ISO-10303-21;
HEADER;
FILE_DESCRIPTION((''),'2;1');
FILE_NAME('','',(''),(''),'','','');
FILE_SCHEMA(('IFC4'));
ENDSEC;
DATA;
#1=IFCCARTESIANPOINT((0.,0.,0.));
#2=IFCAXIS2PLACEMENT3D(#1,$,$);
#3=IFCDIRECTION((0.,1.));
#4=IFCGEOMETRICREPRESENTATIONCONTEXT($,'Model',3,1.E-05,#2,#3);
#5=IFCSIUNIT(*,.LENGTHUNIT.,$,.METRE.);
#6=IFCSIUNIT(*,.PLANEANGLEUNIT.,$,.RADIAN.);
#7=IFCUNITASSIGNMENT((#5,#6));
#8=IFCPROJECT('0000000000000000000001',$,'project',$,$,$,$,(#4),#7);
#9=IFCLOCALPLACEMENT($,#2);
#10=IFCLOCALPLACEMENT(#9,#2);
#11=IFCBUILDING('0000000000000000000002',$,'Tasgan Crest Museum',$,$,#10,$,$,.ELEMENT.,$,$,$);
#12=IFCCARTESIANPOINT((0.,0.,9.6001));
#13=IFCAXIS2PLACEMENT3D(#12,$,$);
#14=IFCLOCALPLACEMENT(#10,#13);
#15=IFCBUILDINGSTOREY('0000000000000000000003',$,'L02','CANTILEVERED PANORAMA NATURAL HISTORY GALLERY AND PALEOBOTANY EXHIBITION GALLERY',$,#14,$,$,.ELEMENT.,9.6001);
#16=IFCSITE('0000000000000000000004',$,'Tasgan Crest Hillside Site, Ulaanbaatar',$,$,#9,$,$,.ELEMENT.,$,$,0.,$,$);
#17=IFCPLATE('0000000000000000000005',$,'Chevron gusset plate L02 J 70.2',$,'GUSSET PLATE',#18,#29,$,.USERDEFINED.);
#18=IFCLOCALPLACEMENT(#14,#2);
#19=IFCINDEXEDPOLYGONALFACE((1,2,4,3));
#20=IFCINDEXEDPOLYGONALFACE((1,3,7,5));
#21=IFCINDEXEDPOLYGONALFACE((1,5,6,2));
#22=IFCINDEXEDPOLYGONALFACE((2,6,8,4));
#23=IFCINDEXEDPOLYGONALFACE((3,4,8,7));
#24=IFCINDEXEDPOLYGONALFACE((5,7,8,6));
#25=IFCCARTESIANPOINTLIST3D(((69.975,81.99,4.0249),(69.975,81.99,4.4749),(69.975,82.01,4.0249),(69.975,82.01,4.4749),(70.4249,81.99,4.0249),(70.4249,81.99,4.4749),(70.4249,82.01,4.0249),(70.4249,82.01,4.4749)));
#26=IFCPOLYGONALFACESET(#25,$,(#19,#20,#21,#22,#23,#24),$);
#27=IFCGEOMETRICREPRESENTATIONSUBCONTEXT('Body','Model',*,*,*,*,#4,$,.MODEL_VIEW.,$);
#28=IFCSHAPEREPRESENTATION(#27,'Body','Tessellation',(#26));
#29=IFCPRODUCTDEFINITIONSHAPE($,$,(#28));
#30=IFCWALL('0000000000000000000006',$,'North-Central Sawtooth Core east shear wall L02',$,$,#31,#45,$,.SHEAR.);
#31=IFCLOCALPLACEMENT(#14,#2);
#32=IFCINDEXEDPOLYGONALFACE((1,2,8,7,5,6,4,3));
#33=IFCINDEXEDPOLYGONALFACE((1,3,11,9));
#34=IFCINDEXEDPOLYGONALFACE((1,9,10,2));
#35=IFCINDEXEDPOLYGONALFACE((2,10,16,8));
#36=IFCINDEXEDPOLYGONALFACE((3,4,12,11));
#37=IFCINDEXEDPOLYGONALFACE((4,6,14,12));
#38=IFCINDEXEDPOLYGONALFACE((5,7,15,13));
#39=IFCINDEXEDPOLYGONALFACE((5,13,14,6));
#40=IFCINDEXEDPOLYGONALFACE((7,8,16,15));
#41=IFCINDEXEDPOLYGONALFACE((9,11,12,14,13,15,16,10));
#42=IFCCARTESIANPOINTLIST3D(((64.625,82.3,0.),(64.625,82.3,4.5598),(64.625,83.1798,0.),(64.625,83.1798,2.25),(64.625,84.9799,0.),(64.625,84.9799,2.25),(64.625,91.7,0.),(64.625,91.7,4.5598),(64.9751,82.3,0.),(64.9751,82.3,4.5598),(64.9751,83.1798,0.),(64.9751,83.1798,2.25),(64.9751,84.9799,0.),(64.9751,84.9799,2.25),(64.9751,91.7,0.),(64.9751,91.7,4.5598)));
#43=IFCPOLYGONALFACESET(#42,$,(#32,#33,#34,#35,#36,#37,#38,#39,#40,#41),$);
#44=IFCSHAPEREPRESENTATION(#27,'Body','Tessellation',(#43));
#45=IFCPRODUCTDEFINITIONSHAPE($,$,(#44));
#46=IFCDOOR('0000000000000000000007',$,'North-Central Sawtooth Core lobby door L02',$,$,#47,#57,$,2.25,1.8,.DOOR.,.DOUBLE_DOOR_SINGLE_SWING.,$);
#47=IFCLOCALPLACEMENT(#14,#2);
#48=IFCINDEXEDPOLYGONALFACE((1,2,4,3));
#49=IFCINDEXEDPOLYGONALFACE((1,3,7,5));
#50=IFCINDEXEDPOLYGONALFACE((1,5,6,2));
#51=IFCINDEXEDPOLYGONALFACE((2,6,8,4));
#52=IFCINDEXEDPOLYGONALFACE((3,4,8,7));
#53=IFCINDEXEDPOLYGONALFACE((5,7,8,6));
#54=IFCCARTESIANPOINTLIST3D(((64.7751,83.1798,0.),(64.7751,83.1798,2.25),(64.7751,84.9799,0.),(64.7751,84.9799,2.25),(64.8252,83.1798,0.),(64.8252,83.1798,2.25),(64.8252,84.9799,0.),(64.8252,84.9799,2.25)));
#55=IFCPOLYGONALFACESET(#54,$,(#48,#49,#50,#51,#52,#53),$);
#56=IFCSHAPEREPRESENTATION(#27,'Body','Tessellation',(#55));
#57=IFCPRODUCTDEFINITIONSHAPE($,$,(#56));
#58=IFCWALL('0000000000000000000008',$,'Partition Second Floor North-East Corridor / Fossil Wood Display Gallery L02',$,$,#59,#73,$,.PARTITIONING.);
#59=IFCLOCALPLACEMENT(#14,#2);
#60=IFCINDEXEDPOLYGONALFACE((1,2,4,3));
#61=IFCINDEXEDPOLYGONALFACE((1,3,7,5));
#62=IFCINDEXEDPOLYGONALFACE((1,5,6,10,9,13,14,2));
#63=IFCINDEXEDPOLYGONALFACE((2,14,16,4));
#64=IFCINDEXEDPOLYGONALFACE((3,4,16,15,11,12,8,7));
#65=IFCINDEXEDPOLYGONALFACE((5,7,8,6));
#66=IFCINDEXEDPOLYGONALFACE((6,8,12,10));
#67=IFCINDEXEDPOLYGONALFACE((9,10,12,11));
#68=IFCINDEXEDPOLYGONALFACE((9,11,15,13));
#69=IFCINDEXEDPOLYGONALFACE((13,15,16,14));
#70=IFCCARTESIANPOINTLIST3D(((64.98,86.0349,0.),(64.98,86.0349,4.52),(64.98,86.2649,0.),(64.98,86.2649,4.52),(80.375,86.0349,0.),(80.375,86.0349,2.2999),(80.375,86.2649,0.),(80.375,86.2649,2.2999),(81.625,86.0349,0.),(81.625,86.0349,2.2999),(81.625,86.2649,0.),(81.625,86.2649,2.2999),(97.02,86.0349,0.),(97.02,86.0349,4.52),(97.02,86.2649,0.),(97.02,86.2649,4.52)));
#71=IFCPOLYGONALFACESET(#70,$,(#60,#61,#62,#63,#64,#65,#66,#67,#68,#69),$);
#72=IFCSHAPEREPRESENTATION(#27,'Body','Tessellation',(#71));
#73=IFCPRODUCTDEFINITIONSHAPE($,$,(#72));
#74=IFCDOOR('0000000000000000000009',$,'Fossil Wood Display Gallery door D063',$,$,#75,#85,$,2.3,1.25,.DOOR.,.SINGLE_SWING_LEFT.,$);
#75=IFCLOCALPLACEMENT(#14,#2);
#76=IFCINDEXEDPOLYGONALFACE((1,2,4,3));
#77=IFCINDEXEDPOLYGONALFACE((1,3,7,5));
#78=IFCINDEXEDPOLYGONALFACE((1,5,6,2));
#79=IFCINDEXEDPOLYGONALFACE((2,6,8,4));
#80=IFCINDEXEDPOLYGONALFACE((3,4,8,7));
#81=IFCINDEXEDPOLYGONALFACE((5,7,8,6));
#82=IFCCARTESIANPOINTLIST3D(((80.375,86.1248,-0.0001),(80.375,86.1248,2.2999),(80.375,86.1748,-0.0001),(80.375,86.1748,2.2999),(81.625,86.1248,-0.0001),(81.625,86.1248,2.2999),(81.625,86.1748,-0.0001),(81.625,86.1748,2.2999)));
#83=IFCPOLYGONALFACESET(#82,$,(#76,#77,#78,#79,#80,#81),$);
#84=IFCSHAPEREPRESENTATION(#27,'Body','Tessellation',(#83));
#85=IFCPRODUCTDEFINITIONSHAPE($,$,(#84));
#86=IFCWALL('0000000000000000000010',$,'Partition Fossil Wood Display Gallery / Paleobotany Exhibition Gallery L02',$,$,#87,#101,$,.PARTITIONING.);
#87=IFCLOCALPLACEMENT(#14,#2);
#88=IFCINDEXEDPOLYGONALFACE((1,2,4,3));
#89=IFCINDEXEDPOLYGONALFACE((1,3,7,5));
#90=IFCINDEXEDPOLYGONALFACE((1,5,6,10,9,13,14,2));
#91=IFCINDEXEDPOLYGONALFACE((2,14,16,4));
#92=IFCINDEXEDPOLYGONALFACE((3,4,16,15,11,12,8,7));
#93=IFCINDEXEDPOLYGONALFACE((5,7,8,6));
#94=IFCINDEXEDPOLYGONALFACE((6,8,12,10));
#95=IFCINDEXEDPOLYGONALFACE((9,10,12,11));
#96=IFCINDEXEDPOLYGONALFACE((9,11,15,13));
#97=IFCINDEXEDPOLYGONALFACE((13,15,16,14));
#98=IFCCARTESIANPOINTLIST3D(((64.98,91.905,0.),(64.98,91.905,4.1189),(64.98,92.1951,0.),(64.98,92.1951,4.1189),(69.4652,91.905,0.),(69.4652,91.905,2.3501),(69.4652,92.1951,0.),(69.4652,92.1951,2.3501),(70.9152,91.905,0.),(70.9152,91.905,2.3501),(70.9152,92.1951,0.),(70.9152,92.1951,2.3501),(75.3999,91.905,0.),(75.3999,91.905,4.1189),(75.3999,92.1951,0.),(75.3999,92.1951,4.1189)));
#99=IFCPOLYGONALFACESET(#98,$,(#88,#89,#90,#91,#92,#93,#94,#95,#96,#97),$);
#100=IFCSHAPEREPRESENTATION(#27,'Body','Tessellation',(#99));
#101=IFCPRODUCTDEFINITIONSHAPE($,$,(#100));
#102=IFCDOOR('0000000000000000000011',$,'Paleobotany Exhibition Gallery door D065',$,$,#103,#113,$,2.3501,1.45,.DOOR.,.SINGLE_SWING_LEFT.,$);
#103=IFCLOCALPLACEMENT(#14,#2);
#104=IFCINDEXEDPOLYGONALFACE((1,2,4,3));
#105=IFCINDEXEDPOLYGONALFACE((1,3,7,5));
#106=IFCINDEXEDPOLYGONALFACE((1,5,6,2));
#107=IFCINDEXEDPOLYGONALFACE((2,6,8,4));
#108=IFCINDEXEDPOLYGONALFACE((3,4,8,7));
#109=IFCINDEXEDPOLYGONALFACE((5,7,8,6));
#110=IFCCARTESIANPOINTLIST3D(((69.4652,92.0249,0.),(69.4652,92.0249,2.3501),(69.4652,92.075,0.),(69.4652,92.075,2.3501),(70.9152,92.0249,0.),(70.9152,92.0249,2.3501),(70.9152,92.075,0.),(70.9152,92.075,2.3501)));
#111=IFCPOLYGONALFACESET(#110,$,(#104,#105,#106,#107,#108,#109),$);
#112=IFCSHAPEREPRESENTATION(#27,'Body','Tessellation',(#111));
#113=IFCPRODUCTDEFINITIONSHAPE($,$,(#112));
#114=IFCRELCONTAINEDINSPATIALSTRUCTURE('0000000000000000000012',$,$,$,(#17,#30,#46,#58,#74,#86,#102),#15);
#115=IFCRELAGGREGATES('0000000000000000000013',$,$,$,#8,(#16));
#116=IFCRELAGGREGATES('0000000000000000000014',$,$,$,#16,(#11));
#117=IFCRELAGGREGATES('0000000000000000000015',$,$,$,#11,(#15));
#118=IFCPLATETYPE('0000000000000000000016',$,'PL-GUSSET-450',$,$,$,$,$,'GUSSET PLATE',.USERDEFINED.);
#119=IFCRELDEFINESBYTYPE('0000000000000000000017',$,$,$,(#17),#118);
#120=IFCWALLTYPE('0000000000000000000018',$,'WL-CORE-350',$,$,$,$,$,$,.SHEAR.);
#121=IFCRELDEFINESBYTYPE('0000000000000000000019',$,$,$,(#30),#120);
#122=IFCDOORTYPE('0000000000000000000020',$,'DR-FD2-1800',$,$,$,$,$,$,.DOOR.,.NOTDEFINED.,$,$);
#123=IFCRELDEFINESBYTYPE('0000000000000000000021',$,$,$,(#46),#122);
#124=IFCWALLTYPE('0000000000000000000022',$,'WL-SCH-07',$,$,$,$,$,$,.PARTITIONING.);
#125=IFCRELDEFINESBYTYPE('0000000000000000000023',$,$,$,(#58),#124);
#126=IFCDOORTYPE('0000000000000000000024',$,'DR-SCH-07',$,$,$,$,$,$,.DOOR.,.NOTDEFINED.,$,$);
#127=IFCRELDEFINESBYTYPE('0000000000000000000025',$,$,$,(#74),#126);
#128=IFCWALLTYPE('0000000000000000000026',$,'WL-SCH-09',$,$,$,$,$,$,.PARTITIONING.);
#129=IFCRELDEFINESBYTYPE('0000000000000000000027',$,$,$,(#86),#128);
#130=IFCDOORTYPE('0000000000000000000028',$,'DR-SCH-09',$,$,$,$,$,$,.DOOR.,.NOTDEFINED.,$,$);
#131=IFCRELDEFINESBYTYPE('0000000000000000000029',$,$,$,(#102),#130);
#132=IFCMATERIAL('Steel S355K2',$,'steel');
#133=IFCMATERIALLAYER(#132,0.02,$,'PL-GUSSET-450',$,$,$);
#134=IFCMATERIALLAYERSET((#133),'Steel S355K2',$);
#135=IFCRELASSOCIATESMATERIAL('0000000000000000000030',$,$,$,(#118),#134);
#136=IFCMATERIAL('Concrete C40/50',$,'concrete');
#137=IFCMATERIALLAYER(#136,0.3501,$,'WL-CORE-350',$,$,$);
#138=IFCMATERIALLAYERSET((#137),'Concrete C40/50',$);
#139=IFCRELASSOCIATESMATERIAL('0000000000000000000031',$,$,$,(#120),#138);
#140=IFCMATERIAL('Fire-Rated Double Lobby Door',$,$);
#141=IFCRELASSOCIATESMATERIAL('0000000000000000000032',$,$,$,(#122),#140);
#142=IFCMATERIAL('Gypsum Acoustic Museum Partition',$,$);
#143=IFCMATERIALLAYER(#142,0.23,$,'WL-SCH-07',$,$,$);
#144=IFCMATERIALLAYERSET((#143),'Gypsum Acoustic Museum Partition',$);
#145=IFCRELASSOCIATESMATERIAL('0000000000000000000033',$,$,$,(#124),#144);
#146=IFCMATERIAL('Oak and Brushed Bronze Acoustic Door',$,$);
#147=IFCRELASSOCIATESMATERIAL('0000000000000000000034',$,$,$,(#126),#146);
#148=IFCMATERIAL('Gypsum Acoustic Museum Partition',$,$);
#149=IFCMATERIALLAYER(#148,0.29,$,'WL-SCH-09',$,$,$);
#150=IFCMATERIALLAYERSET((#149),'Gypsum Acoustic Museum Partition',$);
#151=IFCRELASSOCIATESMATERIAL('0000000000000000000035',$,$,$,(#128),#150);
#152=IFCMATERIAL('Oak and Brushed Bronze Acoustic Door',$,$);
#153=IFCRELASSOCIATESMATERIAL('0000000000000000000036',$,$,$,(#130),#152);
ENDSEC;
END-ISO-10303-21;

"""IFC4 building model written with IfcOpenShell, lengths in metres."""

from ifc_helpers import new_model, si_unit, direction, frame, frame_2d, origin, origin_2d, place, context, subcontext, project, spatial, rectangle, extrude, material, layer, layer_set, type_object, element, fill, save


model = new_model("IFC4")

# Units and contexts
model_context = context("Model", 3, precision=1e-05, world=origin(), true_north=direction((0.0, 1.0)))
body_context = subcontext(model_context, "Body", "Model", "MODEL_VIEW")
ifc_project = project(units=[si_unit("LENGTHUNIT", "METRE"), si_unit("PLANEANGLEUNIT", "RADIAN")], contexts=[model_context])

# Site, building, storey
site_placement = place(None, origin())
site = spatial("IfcSite", under=ifc_project, at=site_placement, Name="Tasgan Crest Hillside Site, Ulaanbaatar", CompositionType="ELEMENT", RefElevation=0.0)
building_placement = place(site_placement, origin())
building = spatial("IfcBuilding", under=site, at=building_placement, Name="Tasgan Crest Museum", CompositionType="ELEMENT")
storey_placement = place(building_placement, frame((0.0, 0.0, 9.6001)))
storey = spatial("IfcBuildingStorey", under=building, at=storey_placement, Name="L02", Description="CANTILEVERED PANORAMA NATURAL HISTORY GALLERY AND PALEOBOTANY EXHIBITION GALLERY", CompositionType="ELEMENT", Elevation=9.6001)

# Plate
ifc_material_1 = material(Name="Steel S355K2", Category="steel")
ifc_layer_1 = layer(ifc_material_1, 0.02, Name="PL-GUSSET-450")
ifc_layer_set_1 = layer_set([ifc_layer_1], Name="Steel S355K2")
plate_type = type_object("IfcPlateType", Name="PL-GUSSET-450", ElementType="GUSSET PLATE", PredefinedType="USERDEFINED", material=ifc_layer_set_1)
plate_placement = place(storey_placement, frame((70.2, 82.0, 4.0249), z_axis=(0.0, 0.0, 1.0), x_axis=(1.0, 0.0, 0.0)))
element("IfcPlate", 1, at=plate_placement, inside=storey, type_object=plate_type, Name="Chevron gusset plate L02 J 70.2", ObjectType="GUSSET PLATE", PredefinedType="USERDEFINED", context=body_context, shape_type="SweptSolid", body=[
    extrude(rectangle(XDim=0.45, YDim=0.02, at=origin_2d()), origin(), (0.0, 0.0, 1.0), 0.45),
])

# Walls, openings, doors
ifc_material_2 = material(Name="Concrete C40/50", Category="concrete")
ifc_layer_2 = layer(ifc_material_2, 0.3501, Name="WL-CORE-350")
ifc_layer_set_2 = layer_set([ifc_layer_2], Name="Concrete C40/50")
wall_type_1 = type_object("IfcWallType", Name="WL-CORE-350", PredefinedType="SHEAR", material=ifc_layer_set_2)
wall_1_placement = place(storey_placement, frame((64.8, 82.3, 0.0), z_axis=(0.0, 0.0, 1.0), x_axis=(0.0, 1.0, 0.0)))
wall_1 = element("IfcWall", 2, at=wall_1_placement, inside=storey, type_object=wall_type_1, Name="North-Central Sawtooth Core east shear wall L02", PredefinedType="SHEAR", context=body_context, shape_type="SweptSolid", body=[
    extrude(rectangle(XDim=9.3999, YDim=0.3501, at=frame_2d((4.7, 0.0))), origin(), (0.0, 0.0, 1.0), 4.5598),
])
opening_1_placement = place(wall_1_placement, frame((0.8799, 0.0, 0.0)))
opening_1 = element("IfcOpeningElement", 3, at=opening_1_placement, cuts=wall_1, PredefinedType="OPENING", context=body_context, shape_type="SweptSolid", body=[
    extrude(rectangle(XDim=1.8, YDim=2.25, at=frame_2d((0.8999, 1.125))), frame((0.0, 0.1851, 0.0), z_axis=(0.0, -1.0, 0.0), x_axis=(1.0, 0.0, 0.0)), (0.0, 0.0, 1.0), 0.3701),
])
ifc_material_3 = material(Name="Fire-Rated Double Lobby Door")
door_type_1 = type_object("IfcDoorType", Name="DR-FD2-1800", OperationType="NOTDEFINED", PredefinedType="DOOR", material=ifc_material_3)
door_1_placement = place(opening_1_placement, origin())
door_1 = element("IfcDoor", 4, at=door_1_placement, inside=storey, type_object=door_type_1, Name="North-Central Sawtooth Core lobby door L02", OperationType="DOUBLE_DOOR_SINGLE_SWING", OverallHeight=2.25, OverallWidth=1.8, PredefinedType="DOOR", context=body_context, shape_type="SweptSolid", body=[
    extrude(rectangle(XDim=1.8, YDim=2.25, at=frame_2d((0.8999, 1.125))), frame((0.0, 0.0249, 0.0), z_axis=(0.0, -1.0, 0.0), x_axis=(1.0, 0.0, 0.0)), (0.0, 0.0, 1.0), 0.05),
])
fill(opening_1, door_1)
ifc_material_4 = material(Name="Gypsum Acoustic Museum Partition")
ifc_layer_3 = layer(ifc_material_4, 0.23, Name="WL-SCH-07")
ifc_layer_set_3 = layer_set([ifc_layer_3], Name="Gypsum Acoustic Museum Partition")
wall_type_2 = type_object("IfcWallType", Name="WL-SCH-07", PredefinedType="PARTITIONING", material=ifc_layer_set_3)
wall_2_placement = place(storey_placement, frame((64.98, 86.1499, 0.0), z_axis=(0.0, 0.0, 1.0), x_axis=(1.0, 0.0, 0.0)))
wall_2 = element("IfcWall", 5, at=wall_2_placement, inside=storey, type_object=wall_type_2, Name="Partition Second Floor North-East Corridor / Fossil Wood Display Gallery L02", PredefinedType="PARTITIONING", context=body_context, shape_type="SweptSolid", body=[
    extrude(rectangle(XDim=32.04, YDim=0.23, at=frame_2d((16.02, 0.0))), origin(), (0.0, 0.0, 1.0), 4.52),
])
opening_2_placement = place(wall_2_placement, frame((15.395, 0.0, 0.0)))
opening_2 = element("IfcOpeningElement", 6, at=opening_2_placement, cuts=wall_2, PredefinedType="OPENING", context=body_context, shape_type="SweptSolid", body=[
    extrude(rectangle(XDim=1.25, YDim=2.3, at=frame_2d((0.625, 1.1499))), frame((0.0, 0.125, 0.0), z_axis=(0.0, -1.0, 0.0), x_axis=(1.0, 0.0, 0.0)), (0.0, 0.0, 1.0), 0.25),
])
ifc_material_5 = material(Name="Oak and Brushed Bronze Acoustic Door")
door_type_2 = type_object("IfcDoorType", Name="DR-SCH-07", OperationType="NOTDEFINED", PredefinedType="DOOR", material=ifc_material_5)
door_2_placement = place(opening_2_placement, origin())
door_2 = element("IfcDoor", 7, at=door_2_placement, inside=storey, type_object=door_type_2, Name="Fossil Wood Display Gallery door D063", OperationType="SINGLE_SWING_LEFT", OverallHeight=2.3, OverallWidth=1.25, PredefinedType="DOOR", context=body_context, shape_type="SweptSolid", body=[
    extrude(rectangle(XDim=1.25, YDim=2.3, at=frame_2d((0.625, 1.1499))), frame((0.0, 0.0249, 0.0), z_axis=(0.0, -1.0, 0.0), x_axis=(1.0, 0.0, 0.0)), (0.0, 0.0, 1.0), 0.05),
])
fill(opening_2, door_2)
ifc_material_6 = material(Name="Gypsum Acoustic Museum Partition")
ifc_layer_4 = layer(ifc_material_6, 0.29, Name="WL-SCH-09")
ifc_layer_set_4 = layer_set([ifc_layer_4], Name="Gypsum Acoustic Museum Partition")
wall_type_3 = type_object("IfcWallType", Name="WL-SCH-09", PredefinedType="PARTITIONING", material=ifc_layer_set_4)
wall_3_placement = place(storey_placement, frame((64.98, 92.05, 0.0), z_axis=(0.0, 0.0, 1.0), x_axis=(1.0, 0.0, 0.0)))
wall_3 = element("IfcWall", 8, at=wall_3_placement, inside=storey, type_object=wall_type_3, Name="Partition Fossil Wood Display Gallery / Paleobotany Exhibition Gallery L02", PredefinedType="PARTITIONING", context=body_context, shape_type="SweptSolid", body=[
    extrude(rectangle(XDim=10.4199, YDim=0.29, at=frame_2d((5.21, 0.0))), origin(), (0.0, 0.0, 1.0), 4.1189),
])
opening_3_placement = place(wall_3_placement, frame((4.4851, 0.0, 0.0)))
opening_3 = element("IfcOpeningElement", 9, at=opening_3_placement, cuts=wall_3, PredefinedType="OPENING", context=body_context, shape_type="SweptSolid", body=[
    extrude(rectangle(XDim=1.45, YDim=2.3501, at=frame_2d((0.7251, 1.175))), frame((0.0, 0.155, 0.0), z_axis=(0.0, -1.0, 0.0), x_axis=(1.0, 0.0, 0.0)), (0.0, 0.0, 1.0), 0.3101),
])
ifc_material_7 = material(Name="Oak and Brushed Bronze Acoustic Door")
door_type_3 = type_object("IfcDoorType", Name="DR-SCH-09", OperationType="NOTDEFINED", PredefinedType="DOOR", material=ifc_material_7)
door_3_placement = place(opening_3_placement, origin())
door_3 = element("IfcDoor", 10, at=door_3_placement, inside=storey, type_object=door_type_3, Name="Paleobotany Exhibition Gallery door D065", OperationType="SINGLE_SWING_LEFT", OverallHeight=2.3501, OverallWidth=1.45, PredefinedType="DOOR", context=body_context, shape_type="SweptSolid", body=[
    extrude(rectangle(XDim=1.45, YDim=2.3501, at=frame_2d((0.7251, 1.175))), frame((0.0, 0.0249, 0.0), z_axis=(0.0, -1.0, 0.0), x_axis=(1.0, 0.0, 0.0)), (0.0, 0.0, 1.0), 0.05),
])
fill(opening_3, door_3)

save(model, "model.ifc")
